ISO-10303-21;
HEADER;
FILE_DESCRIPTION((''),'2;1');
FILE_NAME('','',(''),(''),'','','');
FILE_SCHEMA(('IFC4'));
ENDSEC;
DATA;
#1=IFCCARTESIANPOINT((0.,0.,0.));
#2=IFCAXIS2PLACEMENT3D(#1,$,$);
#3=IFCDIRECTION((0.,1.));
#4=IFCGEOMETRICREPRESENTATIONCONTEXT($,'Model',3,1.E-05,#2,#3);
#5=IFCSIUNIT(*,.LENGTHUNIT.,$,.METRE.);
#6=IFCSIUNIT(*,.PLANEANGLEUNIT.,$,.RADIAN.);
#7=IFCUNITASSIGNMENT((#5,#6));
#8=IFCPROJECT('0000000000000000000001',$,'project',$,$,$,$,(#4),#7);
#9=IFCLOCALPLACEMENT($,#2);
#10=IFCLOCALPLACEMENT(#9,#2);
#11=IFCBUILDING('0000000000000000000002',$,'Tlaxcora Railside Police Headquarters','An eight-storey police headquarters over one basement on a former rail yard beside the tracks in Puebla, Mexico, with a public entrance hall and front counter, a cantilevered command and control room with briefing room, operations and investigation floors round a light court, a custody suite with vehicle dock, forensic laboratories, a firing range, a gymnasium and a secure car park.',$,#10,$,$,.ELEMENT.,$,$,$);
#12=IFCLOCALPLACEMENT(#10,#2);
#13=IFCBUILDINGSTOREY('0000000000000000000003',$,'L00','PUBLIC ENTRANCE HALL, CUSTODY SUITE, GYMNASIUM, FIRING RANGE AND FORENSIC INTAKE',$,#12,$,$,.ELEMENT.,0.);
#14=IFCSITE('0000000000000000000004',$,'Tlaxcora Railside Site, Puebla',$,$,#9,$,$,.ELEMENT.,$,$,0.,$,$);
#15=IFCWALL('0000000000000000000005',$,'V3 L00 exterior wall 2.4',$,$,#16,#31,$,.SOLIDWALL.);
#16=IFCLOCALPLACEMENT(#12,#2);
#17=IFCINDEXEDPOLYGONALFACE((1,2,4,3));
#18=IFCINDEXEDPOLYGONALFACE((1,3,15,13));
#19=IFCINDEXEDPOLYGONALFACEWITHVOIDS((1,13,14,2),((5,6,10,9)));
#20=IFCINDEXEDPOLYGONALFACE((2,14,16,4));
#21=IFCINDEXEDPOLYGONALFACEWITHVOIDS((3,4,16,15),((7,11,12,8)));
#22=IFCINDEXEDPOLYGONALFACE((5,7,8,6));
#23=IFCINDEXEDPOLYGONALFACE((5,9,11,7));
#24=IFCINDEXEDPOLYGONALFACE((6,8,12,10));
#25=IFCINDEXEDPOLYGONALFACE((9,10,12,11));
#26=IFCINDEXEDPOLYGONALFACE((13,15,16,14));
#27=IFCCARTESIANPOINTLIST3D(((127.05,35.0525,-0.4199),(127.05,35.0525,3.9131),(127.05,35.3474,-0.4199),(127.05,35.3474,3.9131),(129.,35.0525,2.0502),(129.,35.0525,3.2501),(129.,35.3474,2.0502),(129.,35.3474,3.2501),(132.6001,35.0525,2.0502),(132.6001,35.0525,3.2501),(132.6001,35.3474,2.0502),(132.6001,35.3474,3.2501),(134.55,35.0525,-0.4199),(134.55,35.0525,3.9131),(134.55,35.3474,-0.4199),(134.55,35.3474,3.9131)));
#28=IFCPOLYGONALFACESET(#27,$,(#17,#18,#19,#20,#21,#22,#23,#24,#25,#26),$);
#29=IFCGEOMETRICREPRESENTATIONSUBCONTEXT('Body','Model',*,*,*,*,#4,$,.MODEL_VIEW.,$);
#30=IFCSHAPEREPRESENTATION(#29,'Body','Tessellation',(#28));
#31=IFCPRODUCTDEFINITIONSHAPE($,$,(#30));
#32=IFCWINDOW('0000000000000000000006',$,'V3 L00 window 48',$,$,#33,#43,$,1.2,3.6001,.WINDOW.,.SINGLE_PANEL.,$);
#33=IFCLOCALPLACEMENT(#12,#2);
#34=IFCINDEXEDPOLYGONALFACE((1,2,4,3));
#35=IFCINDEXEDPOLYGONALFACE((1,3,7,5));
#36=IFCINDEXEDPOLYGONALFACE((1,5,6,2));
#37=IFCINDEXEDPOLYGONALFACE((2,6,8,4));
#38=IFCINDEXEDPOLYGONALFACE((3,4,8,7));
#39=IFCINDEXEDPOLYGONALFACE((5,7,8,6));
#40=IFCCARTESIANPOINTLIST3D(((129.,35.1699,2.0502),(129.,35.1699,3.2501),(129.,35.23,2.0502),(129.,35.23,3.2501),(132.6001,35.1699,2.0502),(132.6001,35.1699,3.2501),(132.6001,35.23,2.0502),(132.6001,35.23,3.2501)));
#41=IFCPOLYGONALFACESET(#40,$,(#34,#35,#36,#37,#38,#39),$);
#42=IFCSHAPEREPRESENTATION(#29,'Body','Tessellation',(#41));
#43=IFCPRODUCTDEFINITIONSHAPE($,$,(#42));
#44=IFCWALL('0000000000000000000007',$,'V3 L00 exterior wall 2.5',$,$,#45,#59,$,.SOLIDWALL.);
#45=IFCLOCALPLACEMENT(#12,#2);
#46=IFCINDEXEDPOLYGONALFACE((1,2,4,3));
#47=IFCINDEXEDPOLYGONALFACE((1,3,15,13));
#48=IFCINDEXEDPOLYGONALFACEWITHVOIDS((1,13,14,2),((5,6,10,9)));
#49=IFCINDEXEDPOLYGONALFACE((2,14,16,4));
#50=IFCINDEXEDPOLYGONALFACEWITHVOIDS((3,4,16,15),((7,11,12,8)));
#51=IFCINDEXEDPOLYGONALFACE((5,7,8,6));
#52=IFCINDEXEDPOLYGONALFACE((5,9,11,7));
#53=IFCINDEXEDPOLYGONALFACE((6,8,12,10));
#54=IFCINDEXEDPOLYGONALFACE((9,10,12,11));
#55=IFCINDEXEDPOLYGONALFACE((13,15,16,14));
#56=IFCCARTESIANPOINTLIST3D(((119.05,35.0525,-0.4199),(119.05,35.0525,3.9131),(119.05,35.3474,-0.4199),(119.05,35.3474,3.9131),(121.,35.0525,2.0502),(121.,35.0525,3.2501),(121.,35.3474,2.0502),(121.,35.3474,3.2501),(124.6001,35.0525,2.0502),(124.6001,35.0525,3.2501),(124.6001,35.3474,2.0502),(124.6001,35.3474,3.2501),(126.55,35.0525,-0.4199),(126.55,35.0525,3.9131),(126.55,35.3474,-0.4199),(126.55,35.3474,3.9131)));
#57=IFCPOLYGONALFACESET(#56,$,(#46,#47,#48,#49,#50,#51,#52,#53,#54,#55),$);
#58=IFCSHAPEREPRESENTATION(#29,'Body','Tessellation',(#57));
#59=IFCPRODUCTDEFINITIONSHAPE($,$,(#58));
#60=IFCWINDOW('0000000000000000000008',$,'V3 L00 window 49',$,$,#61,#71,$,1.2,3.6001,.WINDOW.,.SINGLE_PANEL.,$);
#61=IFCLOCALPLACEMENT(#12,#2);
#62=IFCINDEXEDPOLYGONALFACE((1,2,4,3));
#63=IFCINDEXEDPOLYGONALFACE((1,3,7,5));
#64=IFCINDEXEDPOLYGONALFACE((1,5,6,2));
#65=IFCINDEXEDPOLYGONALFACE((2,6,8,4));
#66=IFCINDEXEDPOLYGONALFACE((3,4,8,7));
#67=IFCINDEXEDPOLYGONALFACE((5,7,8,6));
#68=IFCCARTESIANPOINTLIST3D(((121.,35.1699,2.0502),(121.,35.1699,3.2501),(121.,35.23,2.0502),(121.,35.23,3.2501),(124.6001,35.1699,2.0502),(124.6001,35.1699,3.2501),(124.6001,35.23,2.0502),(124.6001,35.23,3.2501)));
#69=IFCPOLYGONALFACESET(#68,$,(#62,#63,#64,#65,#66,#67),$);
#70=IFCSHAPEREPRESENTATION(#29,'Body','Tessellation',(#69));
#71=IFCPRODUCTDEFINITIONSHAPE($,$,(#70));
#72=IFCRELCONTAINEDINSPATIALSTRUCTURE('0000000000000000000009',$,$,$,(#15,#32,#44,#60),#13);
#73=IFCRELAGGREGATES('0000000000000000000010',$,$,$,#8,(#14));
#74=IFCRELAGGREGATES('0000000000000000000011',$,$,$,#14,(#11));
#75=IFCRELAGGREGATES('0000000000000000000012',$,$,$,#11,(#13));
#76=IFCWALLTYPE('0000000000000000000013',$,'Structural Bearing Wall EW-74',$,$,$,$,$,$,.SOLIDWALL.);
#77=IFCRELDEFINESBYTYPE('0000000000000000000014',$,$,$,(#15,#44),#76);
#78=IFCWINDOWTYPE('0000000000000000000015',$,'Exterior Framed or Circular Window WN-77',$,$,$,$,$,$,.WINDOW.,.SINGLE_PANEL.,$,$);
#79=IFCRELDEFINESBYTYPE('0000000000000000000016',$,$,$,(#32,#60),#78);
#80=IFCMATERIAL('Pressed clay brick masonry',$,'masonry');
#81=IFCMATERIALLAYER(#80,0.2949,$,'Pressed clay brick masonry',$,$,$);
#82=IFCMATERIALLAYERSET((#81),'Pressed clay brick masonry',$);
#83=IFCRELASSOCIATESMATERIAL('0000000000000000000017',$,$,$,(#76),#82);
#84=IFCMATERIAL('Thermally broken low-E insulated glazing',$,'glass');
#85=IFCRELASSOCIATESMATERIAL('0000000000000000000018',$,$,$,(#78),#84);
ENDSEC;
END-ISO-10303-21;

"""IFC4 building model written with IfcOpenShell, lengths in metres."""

from ifc_helpers import new_model, si_unit, direction, frame, frame_2d, origin, place, context, subcontext, project, spatial, rectangle, extrude, material, layer, layer_set, type_object, element, fill, save


model = new_model("IFC4")

# Units and contexts
model_context = context("Model", 3, precision=1e-05, world=origin(), true_north=direction((0.0, 1.0)))
body_context = subcontext(model_context, "Body", "Model", "MODEL_VIEW")
ifc_project = project(units=[si_unit("LENGTHUNIT", "METRE"), si_unit("PLANEANGLEUNIT", "RADIAN")], contexts=[model_context])

# Site, building, storey
site_placement = place(None, origin())
site = spatial("IfcSite", under=ifc_project, at=site_placement, Name="Tlaxcora Railside Site, Puebla", CompositionType="ELEMENT", RefElevation=0.0)
building_placement = place(site_placement, origin())
building = spatial("IfcBuilding", under=site, at=building_placement, Name="Tlaxcora Railside Police Headquarters", Description="An eight-storey police headquarters over one basement on a former rail yard beside the tracks in Puebla, Mexico, with a public entrance hall and front counter, a cantilevered command and control room with briefing room, operations and investigation floors round a light court, a custody suite with vehicle dock, forensic laboratories, a firing range, a gymnasium and a secure car park.", CompositionType="ELEMENT")
storey_placement = place(building_placement, origin())
storey = spatial("IfcBuildingStorey", under=building, at=storey_placement, Name="L00", Description="PUBLIC ENTRANCE HALL, CUSTODY SUITE, GYMNASIUM, FIRING RANGE AND FORENSIC INTAKE", CompositionType="ELEMENT", Elevation=0.0)

# Walls, openings, windows
ifc_material_1 = material(Name="Thermally broken low-E insulated glazing", Category="glass")
ifc_material_2 = material(Name="Pressed clay brick masonry", Category="masonry")
ifc_layer_1 = layer(ifc_material_2, 0.2949, Name="Pressed clay brick masonry")
ifc_layer_set_1 = layer_set([ifc_layer_1], Name="Pressed clay brick masonry")
wall_type_1 = type_object("IfcWallType", Name="Structural Bearing Wall EW-74", PredefinedType="SOLIDWALL", material=ifc_layer_set_1)
wall_1_placement = place(storey_placement, frame((134.55, 35.2, -0.4199), z_axis=(0.0, 0.0, 1.0), x_axis=(-1.0, 0.0, 0.0)))
wall_1 = element("IfcWall", 1, at=wall_1_placement, inside=storey, type_object=wall_type_1, Name="V3 L00 exterior wall 2.4", PredefinedType="SOLIDWALL", context=body_context, shape_type="SweptSolid", body=[
    extrude(rectangle(XDim=7.5, YDim=0.2949, at=frame_2d((3.75, 0.0))), origin(), (0.0, 0.0, 1.0), 4.333),
])
opening_1_placement = place(wall_1_placement, frame((1.95, 0.0, 2.47)))
opening_1 = element("IfcOpeningElement", 2, at=opening_1_placement, cuts=wall_1, PredefinedType="OPENING", context=body_context, shape_type="SweptSolid", body=[
    extrude(rectangle(XDim=3.6001, YDim=1.2, at=frame_2d((1.8, 0.6001))), frame((0.0, 0.1575, 0.0), z_axis=(0.0, -1.0, 0.0), x_axis=(1.0, 0.0, 0.0)), (0.0, 0.0, 1.0), 0.3149),
])
window_type_1 = type_object("IfcWindowType", Name="Exterior Framed or Circular Window WN-77", PartitioningType="SINGLE_PANEL", PredefinedType="WINDOW", material=ifc_material_1)
window_1_placement = place(opening_1_placement, origin())
window_1 = element("IfcWindow", 3, at=window_1_placement, inside=storey, type_object=window_type_1, Name="V3 L00 window 48", OverallHeight=1.2, OverallWidth=3.6001, PartitioningType="SINGLE_PANEL", PredefinedType="WINDOW", context=body_context, shape_type="SweptSolid", body=[
    extrude(rectangle(XDim=3.6001, YDim=1.2, at=frame_2d((1.8, 0.6001))), frame((0.0, 0.03, 0.0), z_axis=(0.0, -1.0, 0.0), x_axis=(1.0, 0.0, 0.0)), (0.0, 0.0, 1.0), 0.0601),
])
fill(opening_1, window_1)
wall_2_placement = place(storey_placement, frame((126.55, 35.2, -0.4199), z_axis=(0.0, 0.0, 1.0), x_axis=(-1.0, 0.0, 0.0)))
wall_2 = element("IfcWall", 4, at=wall_2_placement, inside=storey, type_object=wall_type_1, Name="V3 L00 exterior wall 2.5", PredefinedType="SOLIDWALL", context=body_context, shape_type="SweptSolid", body=[
    extrude(rectangle(XDim=7.5, YDim=0.2949, at=frame_2d((3.75, 0.0))), origin(), (0.0, 0.0, 1.0), 4.333),
])
opening_2_placement = place(wall_2_placement, frame((1.95, 0.0, 2.47)))
opening_2 = element("IfcOpeningElement", 5, at=opening_2_placement, cuts=wall_2, PredefinedType="OPENING", context=body_context, shape_type="SweptSolid", body=[
    extrude(rectangle(XDim=3.6001, YDim=1.2, at=frame_2d((1.8, 0.6001))), frame((0.0, 0.1575, 0.0), z_axis=(0.0, -1.0, 0.0), x_axis=(1.0, 0.0, 0.0)), (0.0, 0.0, 1.0), 0.3149),
])
window_2_placement = place(opening_2_placement, origin())
window_2 = element("IfcWindow", 6, at=window_2_placement, inside=storey, type_object=window_type_1, Name="V3 L00 window 49", OverallHeight=1.2, OverallWidth=3.6001, PartitioningType="SINGLE_PANEL", PredefinedType="WINDOW", context=body_context, shape_type="SweptSolid", body=[
    extrude(rectangle(XDim=3.6001, YDim=1.2, at=frame_2d((1.8, 0.6001))), frame((0.0, 0.03, 0.0), z_axis=(0.0, -1.0, 0.0), x_axis=(1.0, 0.0, 0.0)), (0.0, 0.0, 1.0), 0.0601),
])
fill(opening_2, window_2)

save(model, "model.ifc")
